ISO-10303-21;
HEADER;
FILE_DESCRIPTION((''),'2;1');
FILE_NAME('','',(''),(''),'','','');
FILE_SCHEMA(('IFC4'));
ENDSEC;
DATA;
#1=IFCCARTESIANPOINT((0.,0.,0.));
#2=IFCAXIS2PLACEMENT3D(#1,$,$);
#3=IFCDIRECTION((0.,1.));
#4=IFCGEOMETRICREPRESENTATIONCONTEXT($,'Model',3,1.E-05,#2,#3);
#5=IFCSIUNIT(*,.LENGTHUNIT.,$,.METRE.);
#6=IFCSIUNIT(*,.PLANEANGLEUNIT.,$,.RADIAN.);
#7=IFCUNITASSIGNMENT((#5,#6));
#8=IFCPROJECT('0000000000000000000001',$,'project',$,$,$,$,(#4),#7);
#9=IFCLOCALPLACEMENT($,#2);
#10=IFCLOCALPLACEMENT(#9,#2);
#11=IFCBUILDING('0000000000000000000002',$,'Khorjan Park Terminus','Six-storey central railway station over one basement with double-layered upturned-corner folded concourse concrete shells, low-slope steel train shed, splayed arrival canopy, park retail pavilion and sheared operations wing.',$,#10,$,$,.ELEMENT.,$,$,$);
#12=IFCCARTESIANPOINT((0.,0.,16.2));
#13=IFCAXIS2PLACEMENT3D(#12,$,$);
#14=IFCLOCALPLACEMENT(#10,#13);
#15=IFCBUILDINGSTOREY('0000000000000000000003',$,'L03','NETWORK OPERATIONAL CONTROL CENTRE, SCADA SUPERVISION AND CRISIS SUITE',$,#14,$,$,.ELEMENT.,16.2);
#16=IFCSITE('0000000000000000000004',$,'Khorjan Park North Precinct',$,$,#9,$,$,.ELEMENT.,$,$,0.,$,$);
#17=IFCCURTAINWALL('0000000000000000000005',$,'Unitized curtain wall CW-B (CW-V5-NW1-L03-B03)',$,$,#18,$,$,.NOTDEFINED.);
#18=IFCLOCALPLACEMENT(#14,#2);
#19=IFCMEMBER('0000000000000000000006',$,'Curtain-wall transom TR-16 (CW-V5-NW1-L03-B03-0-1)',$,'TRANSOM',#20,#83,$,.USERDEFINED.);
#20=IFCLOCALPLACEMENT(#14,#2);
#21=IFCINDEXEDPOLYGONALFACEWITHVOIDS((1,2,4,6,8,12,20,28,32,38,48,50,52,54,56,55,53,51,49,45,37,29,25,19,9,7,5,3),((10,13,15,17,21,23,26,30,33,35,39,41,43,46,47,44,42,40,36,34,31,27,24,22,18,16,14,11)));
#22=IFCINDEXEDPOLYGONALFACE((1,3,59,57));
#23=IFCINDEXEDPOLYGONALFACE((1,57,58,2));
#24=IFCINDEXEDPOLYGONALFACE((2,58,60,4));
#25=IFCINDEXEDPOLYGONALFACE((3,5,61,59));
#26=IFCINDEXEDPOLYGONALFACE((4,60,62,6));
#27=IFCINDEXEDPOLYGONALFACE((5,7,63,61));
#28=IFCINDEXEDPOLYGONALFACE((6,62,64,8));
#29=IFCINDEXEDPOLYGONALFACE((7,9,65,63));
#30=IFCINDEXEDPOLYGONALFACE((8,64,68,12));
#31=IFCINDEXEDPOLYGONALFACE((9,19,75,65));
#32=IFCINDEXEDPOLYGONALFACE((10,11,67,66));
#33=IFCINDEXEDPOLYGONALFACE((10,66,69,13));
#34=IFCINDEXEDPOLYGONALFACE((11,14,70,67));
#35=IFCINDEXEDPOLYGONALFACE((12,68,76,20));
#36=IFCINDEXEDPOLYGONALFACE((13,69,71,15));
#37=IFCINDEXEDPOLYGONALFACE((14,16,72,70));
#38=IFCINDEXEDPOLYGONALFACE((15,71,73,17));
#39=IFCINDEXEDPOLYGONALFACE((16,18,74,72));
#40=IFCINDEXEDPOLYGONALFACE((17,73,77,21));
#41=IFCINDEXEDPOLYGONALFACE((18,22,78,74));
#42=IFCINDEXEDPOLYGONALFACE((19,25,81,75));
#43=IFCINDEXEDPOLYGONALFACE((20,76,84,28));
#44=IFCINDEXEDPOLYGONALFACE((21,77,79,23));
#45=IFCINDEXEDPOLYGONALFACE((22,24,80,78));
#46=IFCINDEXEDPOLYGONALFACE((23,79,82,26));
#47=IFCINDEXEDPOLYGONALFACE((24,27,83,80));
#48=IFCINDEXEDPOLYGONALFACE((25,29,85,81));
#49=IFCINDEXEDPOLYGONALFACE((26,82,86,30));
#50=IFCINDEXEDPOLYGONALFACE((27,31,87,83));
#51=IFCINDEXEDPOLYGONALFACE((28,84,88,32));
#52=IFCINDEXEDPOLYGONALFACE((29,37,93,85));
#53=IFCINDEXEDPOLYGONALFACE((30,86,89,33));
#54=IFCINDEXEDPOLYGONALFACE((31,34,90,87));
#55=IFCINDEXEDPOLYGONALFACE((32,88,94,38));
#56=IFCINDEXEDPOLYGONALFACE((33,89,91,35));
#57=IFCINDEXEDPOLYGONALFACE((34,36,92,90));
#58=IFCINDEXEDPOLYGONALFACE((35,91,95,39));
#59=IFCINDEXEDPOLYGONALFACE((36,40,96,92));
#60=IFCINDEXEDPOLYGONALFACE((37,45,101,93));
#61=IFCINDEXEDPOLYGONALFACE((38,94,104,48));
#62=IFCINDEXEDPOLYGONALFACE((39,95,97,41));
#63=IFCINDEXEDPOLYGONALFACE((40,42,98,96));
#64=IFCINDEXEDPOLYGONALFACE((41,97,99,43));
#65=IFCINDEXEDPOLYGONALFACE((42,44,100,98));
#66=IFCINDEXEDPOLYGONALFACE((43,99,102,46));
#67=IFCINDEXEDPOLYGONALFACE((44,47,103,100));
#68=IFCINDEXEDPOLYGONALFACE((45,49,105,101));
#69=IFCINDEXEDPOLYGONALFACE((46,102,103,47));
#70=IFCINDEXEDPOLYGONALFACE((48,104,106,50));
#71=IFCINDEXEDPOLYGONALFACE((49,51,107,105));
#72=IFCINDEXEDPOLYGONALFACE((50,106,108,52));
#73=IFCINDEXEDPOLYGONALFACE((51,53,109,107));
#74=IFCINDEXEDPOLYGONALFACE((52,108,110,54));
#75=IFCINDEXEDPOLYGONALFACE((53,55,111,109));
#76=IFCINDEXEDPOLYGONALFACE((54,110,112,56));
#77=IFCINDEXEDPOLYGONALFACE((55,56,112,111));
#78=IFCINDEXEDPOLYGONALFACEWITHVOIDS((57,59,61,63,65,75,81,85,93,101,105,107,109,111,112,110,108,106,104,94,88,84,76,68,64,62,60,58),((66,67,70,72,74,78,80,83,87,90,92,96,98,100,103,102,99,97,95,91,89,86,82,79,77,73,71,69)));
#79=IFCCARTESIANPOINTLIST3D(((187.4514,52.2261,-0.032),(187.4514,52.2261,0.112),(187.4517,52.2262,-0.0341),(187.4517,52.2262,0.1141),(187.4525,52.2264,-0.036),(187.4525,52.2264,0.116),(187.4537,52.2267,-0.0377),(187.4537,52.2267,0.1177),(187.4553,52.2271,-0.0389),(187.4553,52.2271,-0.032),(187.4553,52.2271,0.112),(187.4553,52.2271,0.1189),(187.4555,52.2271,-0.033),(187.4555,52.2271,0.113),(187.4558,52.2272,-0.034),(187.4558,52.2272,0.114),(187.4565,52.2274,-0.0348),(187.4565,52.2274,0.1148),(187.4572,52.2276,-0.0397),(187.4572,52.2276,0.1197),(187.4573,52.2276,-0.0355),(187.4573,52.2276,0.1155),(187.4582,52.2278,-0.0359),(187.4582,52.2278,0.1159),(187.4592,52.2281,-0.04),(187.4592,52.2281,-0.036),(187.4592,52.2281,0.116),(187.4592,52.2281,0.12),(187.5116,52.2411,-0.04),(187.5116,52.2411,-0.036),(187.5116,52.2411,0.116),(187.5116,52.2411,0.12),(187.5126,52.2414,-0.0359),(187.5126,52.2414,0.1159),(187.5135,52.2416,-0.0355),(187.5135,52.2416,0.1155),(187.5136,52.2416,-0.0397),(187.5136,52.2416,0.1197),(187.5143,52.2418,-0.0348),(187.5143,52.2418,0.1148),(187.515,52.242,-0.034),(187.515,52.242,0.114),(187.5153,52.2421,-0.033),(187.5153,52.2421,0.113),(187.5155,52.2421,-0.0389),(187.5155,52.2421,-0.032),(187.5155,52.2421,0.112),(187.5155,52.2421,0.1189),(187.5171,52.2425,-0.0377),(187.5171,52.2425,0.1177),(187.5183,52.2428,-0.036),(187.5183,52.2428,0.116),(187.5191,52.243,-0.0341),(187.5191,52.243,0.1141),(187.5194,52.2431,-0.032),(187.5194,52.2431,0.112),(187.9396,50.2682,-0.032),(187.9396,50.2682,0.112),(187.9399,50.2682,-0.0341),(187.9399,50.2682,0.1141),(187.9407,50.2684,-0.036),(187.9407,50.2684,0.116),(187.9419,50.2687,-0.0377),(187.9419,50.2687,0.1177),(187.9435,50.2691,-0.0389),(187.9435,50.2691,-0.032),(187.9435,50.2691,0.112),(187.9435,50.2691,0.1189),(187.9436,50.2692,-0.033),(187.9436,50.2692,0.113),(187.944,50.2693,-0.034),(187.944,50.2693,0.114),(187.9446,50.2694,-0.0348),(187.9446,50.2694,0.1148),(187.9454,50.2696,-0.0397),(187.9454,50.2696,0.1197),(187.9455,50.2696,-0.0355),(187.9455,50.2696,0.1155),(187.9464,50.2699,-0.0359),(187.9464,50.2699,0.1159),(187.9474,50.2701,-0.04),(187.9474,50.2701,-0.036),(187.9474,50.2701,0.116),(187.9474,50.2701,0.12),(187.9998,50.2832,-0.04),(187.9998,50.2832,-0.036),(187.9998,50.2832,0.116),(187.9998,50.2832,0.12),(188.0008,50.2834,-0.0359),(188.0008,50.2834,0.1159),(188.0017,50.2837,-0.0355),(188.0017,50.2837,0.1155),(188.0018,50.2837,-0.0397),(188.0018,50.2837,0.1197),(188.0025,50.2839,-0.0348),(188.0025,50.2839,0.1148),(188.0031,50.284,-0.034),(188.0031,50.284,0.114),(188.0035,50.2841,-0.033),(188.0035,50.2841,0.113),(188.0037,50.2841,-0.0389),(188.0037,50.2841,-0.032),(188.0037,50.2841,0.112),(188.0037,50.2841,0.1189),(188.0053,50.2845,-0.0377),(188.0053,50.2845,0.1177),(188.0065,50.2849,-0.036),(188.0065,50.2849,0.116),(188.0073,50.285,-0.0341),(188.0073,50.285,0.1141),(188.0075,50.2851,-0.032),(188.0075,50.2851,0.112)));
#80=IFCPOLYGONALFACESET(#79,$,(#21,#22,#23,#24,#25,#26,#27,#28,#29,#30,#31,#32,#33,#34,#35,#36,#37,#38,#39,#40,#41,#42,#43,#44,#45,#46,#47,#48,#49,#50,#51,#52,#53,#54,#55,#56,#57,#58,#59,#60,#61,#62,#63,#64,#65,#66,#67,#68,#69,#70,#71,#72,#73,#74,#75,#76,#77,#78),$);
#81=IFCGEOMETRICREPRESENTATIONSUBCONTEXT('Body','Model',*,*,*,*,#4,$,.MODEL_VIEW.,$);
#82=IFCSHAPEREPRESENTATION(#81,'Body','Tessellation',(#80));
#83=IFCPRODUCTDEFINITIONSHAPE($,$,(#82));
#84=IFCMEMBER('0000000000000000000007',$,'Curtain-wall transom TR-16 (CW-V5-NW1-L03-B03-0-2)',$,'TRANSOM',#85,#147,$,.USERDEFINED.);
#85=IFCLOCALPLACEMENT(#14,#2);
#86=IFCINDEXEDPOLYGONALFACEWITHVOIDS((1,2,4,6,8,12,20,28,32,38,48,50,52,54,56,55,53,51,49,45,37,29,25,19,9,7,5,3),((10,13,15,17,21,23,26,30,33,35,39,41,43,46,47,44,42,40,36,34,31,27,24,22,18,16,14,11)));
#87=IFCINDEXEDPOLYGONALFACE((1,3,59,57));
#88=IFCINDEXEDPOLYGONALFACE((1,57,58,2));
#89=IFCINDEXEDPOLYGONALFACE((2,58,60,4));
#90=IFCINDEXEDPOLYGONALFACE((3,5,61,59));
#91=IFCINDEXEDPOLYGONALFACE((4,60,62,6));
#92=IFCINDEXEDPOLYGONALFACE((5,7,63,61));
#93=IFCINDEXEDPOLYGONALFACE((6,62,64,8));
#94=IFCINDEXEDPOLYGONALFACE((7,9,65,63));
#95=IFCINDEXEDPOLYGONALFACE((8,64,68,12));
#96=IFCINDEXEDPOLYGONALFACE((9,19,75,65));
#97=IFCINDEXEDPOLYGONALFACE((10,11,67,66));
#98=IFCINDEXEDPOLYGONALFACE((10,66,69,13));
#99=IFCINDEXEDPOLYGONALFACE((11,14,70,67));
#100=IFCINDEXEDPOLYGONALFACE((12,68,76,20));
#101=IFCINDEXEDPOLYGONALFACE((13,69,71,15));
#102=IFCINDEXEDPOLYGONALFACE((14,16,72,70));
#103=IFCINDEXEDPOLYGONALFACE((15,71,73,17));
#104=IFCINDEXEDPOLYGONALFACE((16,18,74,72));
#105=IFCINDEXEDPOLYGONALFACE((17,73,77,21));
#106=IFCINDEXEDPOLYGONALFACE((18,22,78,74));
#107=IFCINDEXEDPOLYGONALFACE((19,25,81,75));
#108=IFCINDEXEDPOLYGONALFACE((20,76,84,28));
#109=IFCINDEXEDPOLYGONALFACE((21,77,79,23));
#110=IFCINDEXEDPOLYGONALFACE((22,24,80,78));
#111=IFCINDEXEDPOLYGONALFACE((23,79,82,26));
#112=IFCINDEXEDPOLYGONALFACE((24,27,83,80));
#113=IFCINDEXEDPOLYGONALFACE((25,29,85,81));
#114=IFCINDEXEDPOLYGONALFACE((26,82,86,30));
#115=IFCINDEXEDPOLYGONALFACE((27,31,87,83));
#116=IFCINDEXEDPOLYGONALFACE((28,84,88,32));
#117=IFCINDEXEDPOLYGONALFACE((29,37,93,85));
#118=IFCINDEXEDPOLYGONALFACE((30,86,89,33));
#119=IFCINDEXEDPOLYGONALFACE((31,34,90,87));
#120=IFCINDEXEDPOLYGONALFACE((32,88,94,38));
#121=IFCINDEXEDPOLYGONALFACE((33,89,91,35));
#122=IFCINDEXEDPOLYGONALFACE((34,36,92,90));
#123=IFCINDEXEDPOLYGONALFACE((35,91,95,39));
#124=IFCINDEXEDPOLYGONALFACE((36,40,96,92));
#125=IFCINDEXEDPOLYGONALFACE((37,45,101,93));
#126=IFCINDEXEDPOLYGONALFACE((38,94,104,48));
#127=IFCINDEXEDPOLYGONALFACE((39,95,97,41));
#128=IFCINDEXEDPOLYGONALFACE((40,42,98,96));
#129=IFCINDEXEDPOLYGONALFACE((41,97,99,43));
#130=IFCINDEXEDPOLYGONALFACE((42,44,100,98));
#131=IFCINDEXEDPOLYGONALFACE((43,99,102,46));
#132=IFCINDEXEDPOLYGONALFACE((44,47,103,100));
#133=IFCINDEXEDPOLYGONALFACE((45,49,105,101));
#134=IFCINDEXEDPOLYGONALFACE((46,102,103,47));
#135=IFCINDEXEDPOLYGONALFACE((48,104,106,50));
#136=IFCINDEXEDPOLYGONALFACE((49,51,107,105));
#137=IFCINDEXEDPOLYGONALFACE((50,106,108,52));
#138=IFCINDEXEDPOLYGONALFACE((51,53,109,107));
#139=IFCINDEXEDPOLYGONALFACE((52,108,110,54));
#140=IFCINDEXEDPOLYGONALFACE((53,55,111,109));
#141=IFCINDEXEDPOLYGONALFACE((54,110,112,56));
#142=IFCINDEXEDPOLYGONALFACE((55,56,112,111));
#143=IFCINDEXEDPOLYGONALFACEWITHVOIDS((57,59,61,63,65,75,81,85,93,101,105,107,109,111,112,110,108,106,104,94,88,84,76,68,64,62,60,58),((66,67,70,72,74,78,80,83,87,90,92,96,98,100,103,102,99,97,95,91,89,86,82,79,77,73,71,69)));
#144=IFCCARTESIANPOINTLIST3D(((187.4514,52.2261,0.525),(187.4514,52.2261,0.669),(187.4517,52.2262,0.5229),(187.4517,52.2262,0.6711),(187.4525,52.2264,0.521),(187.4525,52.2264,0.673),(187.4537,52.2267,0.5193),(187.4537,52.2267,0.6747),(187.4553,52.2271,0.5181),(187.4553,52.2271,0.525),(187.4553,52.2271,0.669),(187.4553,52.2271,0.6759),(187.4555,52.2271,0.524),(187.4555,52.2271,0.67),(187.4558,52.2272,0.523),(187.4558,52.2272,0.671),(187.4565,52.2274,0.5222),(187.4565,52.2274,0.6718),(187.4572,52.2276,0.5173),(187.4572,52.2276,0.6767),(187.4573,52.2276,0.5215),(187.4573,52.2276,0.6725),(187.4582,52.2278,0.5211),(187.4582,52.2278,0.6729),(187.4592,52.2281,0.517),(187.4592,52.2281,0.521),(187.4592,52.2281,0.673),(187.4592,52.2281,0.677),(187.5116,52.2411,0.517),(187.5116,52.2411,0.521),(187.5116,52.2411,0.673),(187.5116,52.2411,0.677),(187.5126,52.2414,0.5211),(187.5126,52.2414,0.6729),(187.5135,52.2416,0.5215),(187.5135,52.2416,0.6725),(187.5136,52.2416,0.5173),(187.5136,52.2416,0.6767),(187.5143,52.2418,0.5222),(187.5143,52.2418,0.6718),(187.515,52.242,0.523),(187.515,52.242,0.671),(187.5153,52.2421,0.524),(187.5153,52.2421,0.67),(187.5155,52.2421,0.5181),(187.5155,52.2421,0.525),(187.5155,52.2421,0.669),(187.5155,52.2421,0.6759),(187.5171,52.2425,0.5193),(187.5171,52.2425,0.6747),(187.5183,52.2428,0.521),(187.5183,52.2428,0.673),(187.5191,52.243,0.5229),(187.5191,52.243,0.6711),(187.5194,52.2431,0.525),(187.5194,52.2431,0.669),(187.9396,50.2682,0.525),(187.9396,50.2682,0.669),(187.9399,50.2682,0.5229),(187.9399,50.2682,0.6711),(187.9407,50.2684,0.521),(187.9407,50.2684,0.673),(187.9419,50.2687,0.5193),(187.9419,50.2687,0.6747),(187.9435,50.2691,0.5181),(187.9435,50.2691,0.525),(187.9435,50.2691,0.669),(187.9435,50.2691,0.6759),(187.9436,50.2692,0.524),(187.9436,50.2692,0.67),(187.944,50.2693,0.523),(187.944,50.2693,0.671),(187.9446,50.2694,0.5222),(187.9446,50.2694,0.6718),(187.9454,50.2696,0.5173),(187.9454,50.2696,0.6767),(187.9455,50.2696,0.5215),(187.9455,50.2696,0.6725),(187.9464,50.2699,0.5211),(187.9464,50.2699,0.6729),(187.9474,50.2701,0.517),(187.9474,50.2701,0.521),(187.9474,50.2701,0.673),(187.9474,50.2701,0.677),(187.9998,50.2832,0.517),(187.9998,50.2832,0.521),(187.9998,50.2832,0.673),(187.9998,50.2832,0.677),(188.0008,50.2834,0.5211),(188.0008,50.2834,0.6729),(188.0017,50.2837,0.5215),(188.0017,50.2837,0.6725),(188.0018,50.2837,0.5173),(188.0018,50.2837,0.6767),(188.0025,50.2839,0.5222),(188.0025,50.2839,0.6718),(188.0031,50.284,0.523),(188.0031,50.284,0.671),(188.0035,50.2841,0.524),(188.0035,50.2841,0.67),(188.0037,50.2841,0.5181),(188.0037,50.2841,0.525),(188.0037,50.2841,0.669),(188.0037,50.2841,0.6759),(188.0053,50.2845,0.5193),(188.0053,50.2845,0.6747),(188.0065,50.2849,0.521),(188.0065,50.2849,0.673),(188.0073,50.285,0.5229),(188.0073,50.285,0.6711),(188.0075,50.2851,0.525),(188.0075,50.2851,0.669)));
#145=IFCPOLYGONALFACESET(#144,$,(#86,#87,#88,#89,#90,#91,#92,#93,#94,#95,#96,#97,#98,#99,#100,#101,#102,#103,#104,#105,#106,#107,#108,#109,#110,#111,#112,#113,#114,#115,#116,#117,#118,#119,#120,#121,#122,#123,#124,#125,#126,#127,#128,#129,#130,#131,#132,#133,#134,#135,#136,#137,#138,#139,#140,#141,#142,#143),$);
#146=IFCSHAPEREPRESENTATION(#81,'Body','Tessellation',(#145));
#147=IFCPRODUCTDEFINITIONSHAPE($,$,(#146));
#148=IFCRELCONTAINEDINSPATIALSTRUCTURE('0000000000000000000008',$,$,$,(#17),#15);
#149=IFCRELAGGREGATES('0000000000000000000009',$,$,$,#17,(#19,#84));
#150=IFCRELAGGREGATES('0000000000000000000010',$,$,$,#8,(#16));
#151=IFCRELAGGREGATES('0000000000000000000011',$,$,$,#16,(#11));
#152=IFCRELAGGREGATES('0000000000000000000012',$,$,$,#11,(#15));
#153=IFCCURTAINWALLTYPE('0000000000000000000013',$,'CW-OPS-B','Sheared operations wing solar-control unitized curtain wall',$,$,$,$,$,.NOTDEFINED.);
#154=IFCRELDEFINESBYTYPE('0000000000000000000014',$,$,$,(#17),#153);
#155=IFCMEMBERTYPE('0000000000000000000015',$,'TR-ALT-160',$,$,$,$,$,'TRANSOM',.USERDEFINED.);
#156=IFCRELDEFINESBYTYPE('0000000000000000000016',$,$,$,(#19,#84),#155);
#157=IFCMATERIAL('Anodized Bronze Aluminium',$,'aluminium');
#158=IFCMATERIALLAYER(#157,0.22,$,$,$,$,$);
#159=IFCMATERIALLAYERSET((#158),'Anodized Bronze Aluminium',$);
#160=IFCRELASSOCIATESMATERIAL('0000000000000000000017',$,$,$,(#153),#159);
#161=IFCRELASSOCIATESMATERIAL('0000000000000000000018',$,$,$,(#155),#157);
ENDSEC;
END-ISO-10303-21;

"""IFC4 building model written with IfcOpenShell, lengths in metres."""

from ifc_helpers import new_model, si_unit, direction, frame, origin, origin_2d, place, context, subcontext, project, spatial, hollow_rectangle, extrude, material, layer, layer_set, material_profile, profile_set, type_object, element, aggregate, save


model = new_model("IFC4")

# Units and contexts
model_context = context("Model", 3, precision=1e-05, world=origin(), true_north=direction((0.0, 1.0)))
body_context = subcontext(model_context, "Body", "Model", "MODEL_VIEW")
ifc_project = project(units=[si_unit("LENGTHUNIT", "METRE"), si_unit("PLANEANGLEUNIT", "RADIAN")], contexts=[model_context])

# Site, building, storey
site_placement = place(None, origin())
site = spatial("IfcSite", under=ifc_project, at=site_placement, Name="Khorjan Park North Precinct", CompositionType="ELEMENT", RefElevation=0.0)
building_placement = place(site_placement, origin())
building = spatial("IfcBuilding", under=site, at=building_placement, Name="Khorjan Park Terminus", Description="Six-storey central railway station over one basement with double-layered upturned-corner folded concourse concrete shells, low-slope steel train shed, splayed arrival canopy, park retail pavilion and sheared operations wing.", CompositionType="ELEMENT")
storey_placement = place(building_placement, frame((0.0, 0.0, 16.2)))
storey = spatial("IfcBuildingStorey", under=building, at=storey_placement, Name="L03", Description="NETWORK OPERATIONAL CONTROL CENTRE, SCADA SUPERVISION AND CRISIS SUITE", CompositionType="ELEMENT", Elevation=16.2)

# Curtain wall, members
ifc_material_1 = material(Name="Anodized Bronze Aluminium", Category="aluminium")
ifc_layer_1 = layer(ifc_material_1, 0.22)
ifc_layer_set_1 = layer_set([ifc_layer_1], Name="Anodized Bronze Aluminium")
curtain_wall_type = type_object("IfcCurtainWallType", Name="CW-OPS-B", Description="Sheared operations wing solar-control unitized curtain wall", PredefinedType="NOTDEFINED", material=ifc_layer_set_1)
curtain_wall_placement = place(storey_placement, origin())
curtain_wall = element("IfcCurtainWall", 1, at=curtain_wall_placement, inside=storey, type_object=curtain_wall_type, Name="Unitized curtain wall CW-B (CW-V5-NW1-L03-B03)", PredefinedType="NOTDEFINED")
ifc_material_profile_1 = material_profile(ifc_material_1, hollow_rectangle(XDim=0.07, YDim=0.16, WallThickness=0.004, InnerFilletRadius=0.004, OuterFilletRadius=0.008, at=origin_2d()), Name="ALT 70x160x4")
ifc_profile_set_1 = profile_set([ifc_material_profile_1], Name="Anodized Bronze Aluminium")
member_type_1 = type_object("IfcMemberType", Name="TR-ALT-160", ElementType="TRANSOM", PredefinedType="USERDEFINED", material=ifc_profile_set_1)
member_1_placement = place(storey_placement, frame((187.4854, 52.2346, 0.04), z_axis=(0.241929, -0.970294, 0.0), x_axis=(0.970294, 0.241929, 0.0)))
member_1 = element("IfcMember", 2, at=member_1_placement, type_object=member_type_1, Name="Curtain-wall transom TR-16 (CW-V5-NW1-L03-B03-0-1)", ObjectType="TRANSOM", PredefinedType="USERDEFINED", context=body_context, shape_type="SweptSolid", body=[
    extrude(hollow_rectangle(XDim=0.07, YDim=0.16, WallThickness=0.004, InnerFilletRadius=0.004, OuterFilletRadius=0.008, at=origin_2d()), origin(), (0.0, 0.0, 1.0), 2.0179),
])
member_2_placement = place(storey_placement, frame((187.4854, 52.2346, 0.597), z_axis=(0.241929, -0.970294, 0.0), x_axis=(0.970294, 0.241929, 0.0)))
member_2 = element("IfcMember", 3, at=member_2_placement, type_object=member_type_1, Name="Curtain-wall transom TR-16 (CW-V5-NW1-L03-B03-0-2)", ObjectType="TRANSOM", PredefinedType="USERDEFINED", context=body_context, shape_type="SweptSolid", body=[
    extrude(hollow_rectangle(XDim=0.07, YDim=0.16, WallThickness=0.004, InnerFilletRadius=0.004, OuterFilletRadius=0.008, at=origin_2d()), origin(), (0.0, 0.0, 1.0), 2.0179),
])
aggregate(curtain_wall, [member_1, member_2])

save(model, "model.ifc")
